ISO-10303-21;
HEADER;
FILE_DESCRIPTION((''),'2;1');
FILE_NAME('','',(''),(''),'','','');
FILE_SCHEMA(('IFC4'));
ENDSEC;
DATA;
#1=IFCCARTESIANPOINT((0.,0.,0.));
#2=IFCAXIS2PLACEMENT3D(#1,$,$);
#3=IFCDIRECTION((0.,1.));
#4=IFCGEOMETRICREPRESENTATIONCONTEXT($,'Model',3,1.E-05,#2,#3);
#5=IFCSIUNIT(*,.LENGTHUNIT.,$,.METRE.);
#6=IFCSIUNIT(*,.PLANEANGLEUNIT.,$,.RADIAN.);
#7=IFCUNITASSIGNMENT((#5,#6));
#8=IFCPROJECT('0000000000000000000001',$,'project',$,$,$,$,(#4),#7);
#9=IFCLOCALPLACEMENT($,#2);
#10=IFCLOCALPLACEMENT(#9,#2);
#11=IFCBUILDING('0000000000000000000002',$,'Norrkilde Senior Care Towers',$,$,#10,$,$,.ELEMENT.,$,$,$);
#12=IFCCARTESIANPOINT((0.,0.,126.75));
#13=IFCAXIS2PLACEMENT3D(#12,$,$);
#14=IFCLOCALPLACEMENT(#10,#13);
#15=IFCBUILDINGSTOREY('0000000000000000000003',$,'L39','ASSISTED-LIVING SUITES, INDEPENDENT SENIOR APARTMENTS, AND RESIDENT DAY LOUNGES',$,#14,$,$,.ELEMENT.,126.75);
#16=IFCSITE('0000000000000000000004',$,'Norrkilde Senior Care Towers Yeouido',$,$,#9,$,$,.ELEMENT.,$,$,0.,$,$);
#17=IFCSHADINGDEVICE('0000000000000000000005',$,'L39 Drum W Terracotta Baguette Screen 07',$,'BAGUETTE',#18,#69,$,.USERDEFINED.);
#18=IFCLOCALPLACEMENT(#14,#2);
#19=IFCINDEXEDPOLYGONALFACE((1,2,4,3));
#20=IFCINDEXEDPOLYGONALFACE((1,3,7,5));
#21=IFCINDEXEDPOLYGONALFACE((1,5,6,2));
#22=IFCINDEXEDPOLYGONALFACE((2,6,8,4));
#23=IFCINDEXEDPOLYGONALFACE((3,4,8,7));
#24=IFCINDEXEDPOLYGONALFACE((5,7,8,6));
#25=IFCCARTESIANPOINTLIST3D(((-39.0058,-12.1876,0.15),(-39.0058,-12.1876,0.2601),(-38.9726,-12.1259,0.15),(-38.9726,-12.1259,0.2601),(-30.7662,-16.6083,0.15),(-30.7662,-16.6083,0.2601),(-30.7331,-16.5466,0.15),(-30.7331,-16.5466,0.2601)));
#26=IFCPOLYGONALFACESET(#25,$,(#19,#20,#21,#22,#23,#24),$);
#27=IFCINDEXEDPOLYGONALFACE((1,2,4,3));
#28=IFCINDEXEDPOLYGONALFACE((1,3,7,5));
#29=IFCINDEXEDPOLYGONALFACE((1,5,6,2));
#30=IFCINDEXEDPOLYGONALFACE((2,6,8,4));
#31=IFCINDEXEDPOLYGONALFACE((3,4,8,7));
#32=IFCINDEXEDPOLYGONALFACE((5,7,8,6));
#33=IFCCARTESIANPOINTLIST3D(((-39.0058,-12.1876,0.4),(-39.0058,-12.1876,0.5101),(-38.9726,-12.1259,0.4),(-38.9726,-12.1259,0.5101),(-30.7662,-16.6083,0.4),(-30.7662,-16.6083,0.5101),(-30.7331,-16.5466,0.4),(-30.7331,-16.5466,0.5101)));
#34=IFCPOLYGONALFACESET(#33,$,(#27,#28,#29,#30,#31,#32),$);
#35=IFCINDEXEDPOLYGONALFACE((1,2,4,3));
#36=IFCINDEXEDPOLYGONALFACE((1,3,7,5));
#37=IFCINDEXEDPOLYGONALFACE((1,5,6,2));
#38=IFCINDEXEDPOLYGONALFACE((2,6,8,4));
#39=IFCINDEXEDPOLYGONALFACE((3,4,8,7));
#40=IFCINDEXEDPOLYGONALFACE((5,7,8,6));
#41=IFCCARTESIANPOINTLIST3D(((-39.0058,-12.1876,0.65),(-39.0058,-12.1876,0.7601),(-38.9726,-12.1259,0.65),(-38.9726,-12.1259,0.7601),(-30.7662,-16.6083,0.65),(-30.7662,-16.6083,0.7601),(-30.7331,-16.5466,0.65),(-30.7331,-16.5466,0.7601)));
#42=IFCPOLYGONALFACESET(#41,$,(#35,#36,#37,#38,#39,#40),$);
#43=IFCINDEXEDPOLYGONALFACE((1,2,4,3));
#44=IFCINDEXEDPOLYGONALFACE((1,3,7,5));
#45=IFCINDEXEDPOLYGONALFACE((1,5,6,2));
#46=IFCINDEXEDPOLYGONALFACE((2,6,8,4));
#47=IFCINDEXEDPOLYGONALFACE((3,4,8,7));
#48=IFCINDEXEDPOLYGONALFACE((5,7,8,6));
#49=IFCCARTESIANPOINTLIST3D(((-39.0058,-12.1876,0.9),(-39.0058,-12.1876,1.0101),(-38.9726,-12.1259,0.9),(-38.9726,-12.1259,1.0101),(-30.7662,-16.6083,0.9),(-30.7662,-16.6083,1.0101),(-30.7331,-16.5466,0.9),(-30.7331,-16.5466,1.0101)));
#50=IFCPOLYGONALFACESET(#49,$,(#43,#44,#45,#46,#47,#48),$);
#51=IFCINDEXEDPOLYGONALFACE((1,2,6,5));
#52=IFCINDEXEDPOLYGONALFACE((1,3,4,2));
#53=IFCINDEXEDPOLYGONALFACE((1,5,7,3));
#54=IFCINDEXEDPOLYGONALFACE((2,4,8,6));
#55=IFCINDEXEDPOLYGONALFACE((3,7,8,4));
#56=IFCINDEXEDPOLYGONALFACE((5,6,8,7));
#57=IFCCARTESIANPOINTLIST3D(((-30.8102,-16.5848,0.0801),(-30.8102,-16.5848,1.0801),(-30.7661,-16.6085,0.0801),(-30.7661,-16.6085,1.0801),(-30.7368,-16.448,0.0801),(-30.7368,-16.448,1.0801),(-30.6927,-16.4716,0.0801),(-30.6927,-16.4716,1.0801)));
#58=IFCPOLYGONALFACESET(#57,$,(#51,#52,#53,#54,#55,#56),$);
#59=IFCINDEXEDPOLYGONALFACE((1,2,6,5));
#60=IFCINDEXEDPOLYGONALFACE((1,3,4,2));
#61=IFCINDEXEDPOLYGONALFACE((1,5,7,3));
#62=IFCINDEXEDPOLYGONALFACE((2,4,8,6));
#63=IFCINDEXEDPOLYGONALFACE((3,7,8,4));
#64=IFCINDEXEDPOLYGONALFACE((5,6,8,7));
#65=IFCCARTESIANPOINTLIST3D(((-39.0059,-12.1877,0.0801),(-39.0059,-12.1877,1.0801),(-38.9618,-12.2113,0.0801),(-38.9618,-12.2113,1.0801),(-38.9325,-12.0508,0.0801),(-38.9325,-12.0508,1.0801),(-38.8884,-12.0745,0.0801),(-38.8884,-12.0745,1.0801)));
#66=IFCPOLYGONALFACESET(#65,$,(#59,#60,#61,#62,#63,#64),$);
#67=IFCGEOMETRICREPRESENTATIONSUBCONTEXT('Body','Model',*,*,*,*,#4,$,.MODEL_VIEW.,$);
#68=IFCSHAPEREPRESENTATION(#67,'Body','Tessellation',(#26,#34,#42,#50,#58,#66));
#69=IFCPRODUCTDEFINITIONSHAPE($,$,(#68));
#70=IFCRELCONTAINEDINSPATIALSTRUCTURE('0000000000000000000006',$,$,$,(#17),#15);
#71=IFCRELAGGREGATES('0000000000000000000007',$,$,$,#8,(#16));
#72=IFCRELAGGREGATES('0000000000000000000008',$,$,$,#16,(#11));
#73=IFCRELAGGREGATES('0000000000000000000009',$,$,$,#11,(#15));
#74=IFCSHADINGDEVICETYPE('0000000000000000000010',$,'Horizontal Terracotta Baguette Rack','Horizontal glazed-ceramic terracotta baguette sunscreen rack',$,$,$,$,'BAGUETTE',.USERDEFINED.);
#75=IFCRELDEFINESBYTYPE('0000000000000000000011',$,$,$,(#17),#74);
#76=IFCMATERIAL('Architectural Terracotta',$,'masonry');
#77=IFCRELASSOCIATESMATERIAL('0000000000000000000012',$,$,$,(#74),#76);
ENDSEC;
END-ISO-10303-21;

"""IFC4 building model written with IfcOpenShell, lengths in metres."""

from ifc_helpers import new_model, si_unit, direction, frame, origin, origin_2d, place, context, subcontext, project, spatial, rectangle, extrude, source, transform, mapped, material, type_object, type_shapes, element, save


model = new_model("IFC4")

# Units and contexts
model_context = context("Model", 3, precision=1e-05, world=origin(), true_north=direction((0.0, 1.0)))
body_context = subcontext(model_context, "Body", "Model", "MODEL_VIEW")
ifc_project = project(units=[si_unit("LENGTHUNIT", "METRE"), si_unit("PLANEANGLEUNIT", "RADIAN")], contexts=[model_context])

# Site, building, storey
site_placement = place(None, origin())
site = spatial("IfcSite", under=ifc_project, at=site_placement, Name="Norrkilde Senior Care Towers Yeouido", CompositionType="ELEMENT", RefElevation=0.0)
building_placement = place(site_placement, origin())
building = spatial("IfcBuilding", under=site, at=building_placement, Name="Norrkilde Senior Care Towers", CompositionType="ELEMENT")
storey_placement = place(building_placement, frame((0.0, 0.0, 126.75)))
storey = spatial("IfcBuildingStorey", under=building, at=storey_placement, Name="L39", Description="ASSISTED-LIVING SUITES, INDEPENDENT SENIOR APARTMENTS, AND RESIDENT DAY LOUNGES", CompositionType="ELEMENT", Elevation=126.75)

# Shading device
ifc_material_1 = material(Name="Architectural Terracotta", Category="masonry")
shading_device_type = type_object("IfcShadingDeviceType", Name="Horizontal Terracotta Baguette Rack", Description="Horizontal glazed-ceramic terracotta baguette sunscreen rack", ElementType="BAGUETTE", PredefinedType="USERDEFINED", material=ifc_material_1)
shared_shape_1 = source(origin(), body_context, "Body", "SweptSolid", [
    extrude(rectangle(XDim=0.0701, YDim=0.1101, at=origin_2d()), frame((0.0, 0.0901, 0.125), z_axis=(1.0, 0.0, 0.0), x_axis=(0.0, 1.0, 0.0)), (0.0, 0.0, 1.0), 9.3506),
    extrude(rectangle(XDim=0.0701, YDim=0.1101, at=origin_2d()), frame((0.0, 0.0901, 0.375), z_axis=(1.0, 0.0, 0.0), x_axis=(0.0, 1.0, 0.0)), (0.0, 0.0, 1.0), 9.3506),
    extrude(rectangle(XDim=0.0701, YDim=0.1101, at=origin_2d()), frame((0.0, 0.0901, 0.625), z_axis=(1.0, 0.0, 0.0), x_axis=(0.0, 1.0, 0.0)), (0.0, 0.0, 1.0), 9.3506),
    extrude(rectangle(XDim=0.0701, YDim=0.1101, at=origin_2d()), frame((0.0, 0.0901, 0.875), z_axis=(1.0, 0.0, 0.0), x_axis=(0.0, 1.0, 0.0)), (0.0, 0.0, 1.0), 9.3506),
    extrude(rectangle(XDim=0.05, YDim=0.1553, at=origin_2d()), frame((0.0249, 0.0476, 0.0)), (0.0, 0.0, 1.0), 1.0),
    extrude(rectangle(XDim=0.05, YDim=0.1553, at=origin_2d()), frame((9.3257, 0.0476, 0.0)), (0.0, 0.0, 1.0), 1.0),
])
type_shapes(shading_device_type, [shared_shape_1])
shading_device_placement = place(storey_placement, frame((-30.707, -16.498, 0.0801), z_axis=(0.0, 0.0, 1.0), x_axis=(-0.881175, 0.472768, 0.0)))
element("IfcShadingDevice", 1, at=shading_device_placement, inside=storey, type_object=shading_device_type, Name="L39 Drum W Terracotta Baguette Screen 07", ObjectType="BAGUETTE", PredefinedType="USERDEFINED", context=body_context, shape_type="MappedRepresentation", body=[
    mapped(shared_shape_1, transform((0.0, 0.0, 0.0), x_axis=(1.0, 0.0, 0.0), y_axis=(0.0, 1.0, 0.0), z_axis=(0.0, 0.0, 1.0), scale=1.0)),
])

save(model, "model.ifc")
